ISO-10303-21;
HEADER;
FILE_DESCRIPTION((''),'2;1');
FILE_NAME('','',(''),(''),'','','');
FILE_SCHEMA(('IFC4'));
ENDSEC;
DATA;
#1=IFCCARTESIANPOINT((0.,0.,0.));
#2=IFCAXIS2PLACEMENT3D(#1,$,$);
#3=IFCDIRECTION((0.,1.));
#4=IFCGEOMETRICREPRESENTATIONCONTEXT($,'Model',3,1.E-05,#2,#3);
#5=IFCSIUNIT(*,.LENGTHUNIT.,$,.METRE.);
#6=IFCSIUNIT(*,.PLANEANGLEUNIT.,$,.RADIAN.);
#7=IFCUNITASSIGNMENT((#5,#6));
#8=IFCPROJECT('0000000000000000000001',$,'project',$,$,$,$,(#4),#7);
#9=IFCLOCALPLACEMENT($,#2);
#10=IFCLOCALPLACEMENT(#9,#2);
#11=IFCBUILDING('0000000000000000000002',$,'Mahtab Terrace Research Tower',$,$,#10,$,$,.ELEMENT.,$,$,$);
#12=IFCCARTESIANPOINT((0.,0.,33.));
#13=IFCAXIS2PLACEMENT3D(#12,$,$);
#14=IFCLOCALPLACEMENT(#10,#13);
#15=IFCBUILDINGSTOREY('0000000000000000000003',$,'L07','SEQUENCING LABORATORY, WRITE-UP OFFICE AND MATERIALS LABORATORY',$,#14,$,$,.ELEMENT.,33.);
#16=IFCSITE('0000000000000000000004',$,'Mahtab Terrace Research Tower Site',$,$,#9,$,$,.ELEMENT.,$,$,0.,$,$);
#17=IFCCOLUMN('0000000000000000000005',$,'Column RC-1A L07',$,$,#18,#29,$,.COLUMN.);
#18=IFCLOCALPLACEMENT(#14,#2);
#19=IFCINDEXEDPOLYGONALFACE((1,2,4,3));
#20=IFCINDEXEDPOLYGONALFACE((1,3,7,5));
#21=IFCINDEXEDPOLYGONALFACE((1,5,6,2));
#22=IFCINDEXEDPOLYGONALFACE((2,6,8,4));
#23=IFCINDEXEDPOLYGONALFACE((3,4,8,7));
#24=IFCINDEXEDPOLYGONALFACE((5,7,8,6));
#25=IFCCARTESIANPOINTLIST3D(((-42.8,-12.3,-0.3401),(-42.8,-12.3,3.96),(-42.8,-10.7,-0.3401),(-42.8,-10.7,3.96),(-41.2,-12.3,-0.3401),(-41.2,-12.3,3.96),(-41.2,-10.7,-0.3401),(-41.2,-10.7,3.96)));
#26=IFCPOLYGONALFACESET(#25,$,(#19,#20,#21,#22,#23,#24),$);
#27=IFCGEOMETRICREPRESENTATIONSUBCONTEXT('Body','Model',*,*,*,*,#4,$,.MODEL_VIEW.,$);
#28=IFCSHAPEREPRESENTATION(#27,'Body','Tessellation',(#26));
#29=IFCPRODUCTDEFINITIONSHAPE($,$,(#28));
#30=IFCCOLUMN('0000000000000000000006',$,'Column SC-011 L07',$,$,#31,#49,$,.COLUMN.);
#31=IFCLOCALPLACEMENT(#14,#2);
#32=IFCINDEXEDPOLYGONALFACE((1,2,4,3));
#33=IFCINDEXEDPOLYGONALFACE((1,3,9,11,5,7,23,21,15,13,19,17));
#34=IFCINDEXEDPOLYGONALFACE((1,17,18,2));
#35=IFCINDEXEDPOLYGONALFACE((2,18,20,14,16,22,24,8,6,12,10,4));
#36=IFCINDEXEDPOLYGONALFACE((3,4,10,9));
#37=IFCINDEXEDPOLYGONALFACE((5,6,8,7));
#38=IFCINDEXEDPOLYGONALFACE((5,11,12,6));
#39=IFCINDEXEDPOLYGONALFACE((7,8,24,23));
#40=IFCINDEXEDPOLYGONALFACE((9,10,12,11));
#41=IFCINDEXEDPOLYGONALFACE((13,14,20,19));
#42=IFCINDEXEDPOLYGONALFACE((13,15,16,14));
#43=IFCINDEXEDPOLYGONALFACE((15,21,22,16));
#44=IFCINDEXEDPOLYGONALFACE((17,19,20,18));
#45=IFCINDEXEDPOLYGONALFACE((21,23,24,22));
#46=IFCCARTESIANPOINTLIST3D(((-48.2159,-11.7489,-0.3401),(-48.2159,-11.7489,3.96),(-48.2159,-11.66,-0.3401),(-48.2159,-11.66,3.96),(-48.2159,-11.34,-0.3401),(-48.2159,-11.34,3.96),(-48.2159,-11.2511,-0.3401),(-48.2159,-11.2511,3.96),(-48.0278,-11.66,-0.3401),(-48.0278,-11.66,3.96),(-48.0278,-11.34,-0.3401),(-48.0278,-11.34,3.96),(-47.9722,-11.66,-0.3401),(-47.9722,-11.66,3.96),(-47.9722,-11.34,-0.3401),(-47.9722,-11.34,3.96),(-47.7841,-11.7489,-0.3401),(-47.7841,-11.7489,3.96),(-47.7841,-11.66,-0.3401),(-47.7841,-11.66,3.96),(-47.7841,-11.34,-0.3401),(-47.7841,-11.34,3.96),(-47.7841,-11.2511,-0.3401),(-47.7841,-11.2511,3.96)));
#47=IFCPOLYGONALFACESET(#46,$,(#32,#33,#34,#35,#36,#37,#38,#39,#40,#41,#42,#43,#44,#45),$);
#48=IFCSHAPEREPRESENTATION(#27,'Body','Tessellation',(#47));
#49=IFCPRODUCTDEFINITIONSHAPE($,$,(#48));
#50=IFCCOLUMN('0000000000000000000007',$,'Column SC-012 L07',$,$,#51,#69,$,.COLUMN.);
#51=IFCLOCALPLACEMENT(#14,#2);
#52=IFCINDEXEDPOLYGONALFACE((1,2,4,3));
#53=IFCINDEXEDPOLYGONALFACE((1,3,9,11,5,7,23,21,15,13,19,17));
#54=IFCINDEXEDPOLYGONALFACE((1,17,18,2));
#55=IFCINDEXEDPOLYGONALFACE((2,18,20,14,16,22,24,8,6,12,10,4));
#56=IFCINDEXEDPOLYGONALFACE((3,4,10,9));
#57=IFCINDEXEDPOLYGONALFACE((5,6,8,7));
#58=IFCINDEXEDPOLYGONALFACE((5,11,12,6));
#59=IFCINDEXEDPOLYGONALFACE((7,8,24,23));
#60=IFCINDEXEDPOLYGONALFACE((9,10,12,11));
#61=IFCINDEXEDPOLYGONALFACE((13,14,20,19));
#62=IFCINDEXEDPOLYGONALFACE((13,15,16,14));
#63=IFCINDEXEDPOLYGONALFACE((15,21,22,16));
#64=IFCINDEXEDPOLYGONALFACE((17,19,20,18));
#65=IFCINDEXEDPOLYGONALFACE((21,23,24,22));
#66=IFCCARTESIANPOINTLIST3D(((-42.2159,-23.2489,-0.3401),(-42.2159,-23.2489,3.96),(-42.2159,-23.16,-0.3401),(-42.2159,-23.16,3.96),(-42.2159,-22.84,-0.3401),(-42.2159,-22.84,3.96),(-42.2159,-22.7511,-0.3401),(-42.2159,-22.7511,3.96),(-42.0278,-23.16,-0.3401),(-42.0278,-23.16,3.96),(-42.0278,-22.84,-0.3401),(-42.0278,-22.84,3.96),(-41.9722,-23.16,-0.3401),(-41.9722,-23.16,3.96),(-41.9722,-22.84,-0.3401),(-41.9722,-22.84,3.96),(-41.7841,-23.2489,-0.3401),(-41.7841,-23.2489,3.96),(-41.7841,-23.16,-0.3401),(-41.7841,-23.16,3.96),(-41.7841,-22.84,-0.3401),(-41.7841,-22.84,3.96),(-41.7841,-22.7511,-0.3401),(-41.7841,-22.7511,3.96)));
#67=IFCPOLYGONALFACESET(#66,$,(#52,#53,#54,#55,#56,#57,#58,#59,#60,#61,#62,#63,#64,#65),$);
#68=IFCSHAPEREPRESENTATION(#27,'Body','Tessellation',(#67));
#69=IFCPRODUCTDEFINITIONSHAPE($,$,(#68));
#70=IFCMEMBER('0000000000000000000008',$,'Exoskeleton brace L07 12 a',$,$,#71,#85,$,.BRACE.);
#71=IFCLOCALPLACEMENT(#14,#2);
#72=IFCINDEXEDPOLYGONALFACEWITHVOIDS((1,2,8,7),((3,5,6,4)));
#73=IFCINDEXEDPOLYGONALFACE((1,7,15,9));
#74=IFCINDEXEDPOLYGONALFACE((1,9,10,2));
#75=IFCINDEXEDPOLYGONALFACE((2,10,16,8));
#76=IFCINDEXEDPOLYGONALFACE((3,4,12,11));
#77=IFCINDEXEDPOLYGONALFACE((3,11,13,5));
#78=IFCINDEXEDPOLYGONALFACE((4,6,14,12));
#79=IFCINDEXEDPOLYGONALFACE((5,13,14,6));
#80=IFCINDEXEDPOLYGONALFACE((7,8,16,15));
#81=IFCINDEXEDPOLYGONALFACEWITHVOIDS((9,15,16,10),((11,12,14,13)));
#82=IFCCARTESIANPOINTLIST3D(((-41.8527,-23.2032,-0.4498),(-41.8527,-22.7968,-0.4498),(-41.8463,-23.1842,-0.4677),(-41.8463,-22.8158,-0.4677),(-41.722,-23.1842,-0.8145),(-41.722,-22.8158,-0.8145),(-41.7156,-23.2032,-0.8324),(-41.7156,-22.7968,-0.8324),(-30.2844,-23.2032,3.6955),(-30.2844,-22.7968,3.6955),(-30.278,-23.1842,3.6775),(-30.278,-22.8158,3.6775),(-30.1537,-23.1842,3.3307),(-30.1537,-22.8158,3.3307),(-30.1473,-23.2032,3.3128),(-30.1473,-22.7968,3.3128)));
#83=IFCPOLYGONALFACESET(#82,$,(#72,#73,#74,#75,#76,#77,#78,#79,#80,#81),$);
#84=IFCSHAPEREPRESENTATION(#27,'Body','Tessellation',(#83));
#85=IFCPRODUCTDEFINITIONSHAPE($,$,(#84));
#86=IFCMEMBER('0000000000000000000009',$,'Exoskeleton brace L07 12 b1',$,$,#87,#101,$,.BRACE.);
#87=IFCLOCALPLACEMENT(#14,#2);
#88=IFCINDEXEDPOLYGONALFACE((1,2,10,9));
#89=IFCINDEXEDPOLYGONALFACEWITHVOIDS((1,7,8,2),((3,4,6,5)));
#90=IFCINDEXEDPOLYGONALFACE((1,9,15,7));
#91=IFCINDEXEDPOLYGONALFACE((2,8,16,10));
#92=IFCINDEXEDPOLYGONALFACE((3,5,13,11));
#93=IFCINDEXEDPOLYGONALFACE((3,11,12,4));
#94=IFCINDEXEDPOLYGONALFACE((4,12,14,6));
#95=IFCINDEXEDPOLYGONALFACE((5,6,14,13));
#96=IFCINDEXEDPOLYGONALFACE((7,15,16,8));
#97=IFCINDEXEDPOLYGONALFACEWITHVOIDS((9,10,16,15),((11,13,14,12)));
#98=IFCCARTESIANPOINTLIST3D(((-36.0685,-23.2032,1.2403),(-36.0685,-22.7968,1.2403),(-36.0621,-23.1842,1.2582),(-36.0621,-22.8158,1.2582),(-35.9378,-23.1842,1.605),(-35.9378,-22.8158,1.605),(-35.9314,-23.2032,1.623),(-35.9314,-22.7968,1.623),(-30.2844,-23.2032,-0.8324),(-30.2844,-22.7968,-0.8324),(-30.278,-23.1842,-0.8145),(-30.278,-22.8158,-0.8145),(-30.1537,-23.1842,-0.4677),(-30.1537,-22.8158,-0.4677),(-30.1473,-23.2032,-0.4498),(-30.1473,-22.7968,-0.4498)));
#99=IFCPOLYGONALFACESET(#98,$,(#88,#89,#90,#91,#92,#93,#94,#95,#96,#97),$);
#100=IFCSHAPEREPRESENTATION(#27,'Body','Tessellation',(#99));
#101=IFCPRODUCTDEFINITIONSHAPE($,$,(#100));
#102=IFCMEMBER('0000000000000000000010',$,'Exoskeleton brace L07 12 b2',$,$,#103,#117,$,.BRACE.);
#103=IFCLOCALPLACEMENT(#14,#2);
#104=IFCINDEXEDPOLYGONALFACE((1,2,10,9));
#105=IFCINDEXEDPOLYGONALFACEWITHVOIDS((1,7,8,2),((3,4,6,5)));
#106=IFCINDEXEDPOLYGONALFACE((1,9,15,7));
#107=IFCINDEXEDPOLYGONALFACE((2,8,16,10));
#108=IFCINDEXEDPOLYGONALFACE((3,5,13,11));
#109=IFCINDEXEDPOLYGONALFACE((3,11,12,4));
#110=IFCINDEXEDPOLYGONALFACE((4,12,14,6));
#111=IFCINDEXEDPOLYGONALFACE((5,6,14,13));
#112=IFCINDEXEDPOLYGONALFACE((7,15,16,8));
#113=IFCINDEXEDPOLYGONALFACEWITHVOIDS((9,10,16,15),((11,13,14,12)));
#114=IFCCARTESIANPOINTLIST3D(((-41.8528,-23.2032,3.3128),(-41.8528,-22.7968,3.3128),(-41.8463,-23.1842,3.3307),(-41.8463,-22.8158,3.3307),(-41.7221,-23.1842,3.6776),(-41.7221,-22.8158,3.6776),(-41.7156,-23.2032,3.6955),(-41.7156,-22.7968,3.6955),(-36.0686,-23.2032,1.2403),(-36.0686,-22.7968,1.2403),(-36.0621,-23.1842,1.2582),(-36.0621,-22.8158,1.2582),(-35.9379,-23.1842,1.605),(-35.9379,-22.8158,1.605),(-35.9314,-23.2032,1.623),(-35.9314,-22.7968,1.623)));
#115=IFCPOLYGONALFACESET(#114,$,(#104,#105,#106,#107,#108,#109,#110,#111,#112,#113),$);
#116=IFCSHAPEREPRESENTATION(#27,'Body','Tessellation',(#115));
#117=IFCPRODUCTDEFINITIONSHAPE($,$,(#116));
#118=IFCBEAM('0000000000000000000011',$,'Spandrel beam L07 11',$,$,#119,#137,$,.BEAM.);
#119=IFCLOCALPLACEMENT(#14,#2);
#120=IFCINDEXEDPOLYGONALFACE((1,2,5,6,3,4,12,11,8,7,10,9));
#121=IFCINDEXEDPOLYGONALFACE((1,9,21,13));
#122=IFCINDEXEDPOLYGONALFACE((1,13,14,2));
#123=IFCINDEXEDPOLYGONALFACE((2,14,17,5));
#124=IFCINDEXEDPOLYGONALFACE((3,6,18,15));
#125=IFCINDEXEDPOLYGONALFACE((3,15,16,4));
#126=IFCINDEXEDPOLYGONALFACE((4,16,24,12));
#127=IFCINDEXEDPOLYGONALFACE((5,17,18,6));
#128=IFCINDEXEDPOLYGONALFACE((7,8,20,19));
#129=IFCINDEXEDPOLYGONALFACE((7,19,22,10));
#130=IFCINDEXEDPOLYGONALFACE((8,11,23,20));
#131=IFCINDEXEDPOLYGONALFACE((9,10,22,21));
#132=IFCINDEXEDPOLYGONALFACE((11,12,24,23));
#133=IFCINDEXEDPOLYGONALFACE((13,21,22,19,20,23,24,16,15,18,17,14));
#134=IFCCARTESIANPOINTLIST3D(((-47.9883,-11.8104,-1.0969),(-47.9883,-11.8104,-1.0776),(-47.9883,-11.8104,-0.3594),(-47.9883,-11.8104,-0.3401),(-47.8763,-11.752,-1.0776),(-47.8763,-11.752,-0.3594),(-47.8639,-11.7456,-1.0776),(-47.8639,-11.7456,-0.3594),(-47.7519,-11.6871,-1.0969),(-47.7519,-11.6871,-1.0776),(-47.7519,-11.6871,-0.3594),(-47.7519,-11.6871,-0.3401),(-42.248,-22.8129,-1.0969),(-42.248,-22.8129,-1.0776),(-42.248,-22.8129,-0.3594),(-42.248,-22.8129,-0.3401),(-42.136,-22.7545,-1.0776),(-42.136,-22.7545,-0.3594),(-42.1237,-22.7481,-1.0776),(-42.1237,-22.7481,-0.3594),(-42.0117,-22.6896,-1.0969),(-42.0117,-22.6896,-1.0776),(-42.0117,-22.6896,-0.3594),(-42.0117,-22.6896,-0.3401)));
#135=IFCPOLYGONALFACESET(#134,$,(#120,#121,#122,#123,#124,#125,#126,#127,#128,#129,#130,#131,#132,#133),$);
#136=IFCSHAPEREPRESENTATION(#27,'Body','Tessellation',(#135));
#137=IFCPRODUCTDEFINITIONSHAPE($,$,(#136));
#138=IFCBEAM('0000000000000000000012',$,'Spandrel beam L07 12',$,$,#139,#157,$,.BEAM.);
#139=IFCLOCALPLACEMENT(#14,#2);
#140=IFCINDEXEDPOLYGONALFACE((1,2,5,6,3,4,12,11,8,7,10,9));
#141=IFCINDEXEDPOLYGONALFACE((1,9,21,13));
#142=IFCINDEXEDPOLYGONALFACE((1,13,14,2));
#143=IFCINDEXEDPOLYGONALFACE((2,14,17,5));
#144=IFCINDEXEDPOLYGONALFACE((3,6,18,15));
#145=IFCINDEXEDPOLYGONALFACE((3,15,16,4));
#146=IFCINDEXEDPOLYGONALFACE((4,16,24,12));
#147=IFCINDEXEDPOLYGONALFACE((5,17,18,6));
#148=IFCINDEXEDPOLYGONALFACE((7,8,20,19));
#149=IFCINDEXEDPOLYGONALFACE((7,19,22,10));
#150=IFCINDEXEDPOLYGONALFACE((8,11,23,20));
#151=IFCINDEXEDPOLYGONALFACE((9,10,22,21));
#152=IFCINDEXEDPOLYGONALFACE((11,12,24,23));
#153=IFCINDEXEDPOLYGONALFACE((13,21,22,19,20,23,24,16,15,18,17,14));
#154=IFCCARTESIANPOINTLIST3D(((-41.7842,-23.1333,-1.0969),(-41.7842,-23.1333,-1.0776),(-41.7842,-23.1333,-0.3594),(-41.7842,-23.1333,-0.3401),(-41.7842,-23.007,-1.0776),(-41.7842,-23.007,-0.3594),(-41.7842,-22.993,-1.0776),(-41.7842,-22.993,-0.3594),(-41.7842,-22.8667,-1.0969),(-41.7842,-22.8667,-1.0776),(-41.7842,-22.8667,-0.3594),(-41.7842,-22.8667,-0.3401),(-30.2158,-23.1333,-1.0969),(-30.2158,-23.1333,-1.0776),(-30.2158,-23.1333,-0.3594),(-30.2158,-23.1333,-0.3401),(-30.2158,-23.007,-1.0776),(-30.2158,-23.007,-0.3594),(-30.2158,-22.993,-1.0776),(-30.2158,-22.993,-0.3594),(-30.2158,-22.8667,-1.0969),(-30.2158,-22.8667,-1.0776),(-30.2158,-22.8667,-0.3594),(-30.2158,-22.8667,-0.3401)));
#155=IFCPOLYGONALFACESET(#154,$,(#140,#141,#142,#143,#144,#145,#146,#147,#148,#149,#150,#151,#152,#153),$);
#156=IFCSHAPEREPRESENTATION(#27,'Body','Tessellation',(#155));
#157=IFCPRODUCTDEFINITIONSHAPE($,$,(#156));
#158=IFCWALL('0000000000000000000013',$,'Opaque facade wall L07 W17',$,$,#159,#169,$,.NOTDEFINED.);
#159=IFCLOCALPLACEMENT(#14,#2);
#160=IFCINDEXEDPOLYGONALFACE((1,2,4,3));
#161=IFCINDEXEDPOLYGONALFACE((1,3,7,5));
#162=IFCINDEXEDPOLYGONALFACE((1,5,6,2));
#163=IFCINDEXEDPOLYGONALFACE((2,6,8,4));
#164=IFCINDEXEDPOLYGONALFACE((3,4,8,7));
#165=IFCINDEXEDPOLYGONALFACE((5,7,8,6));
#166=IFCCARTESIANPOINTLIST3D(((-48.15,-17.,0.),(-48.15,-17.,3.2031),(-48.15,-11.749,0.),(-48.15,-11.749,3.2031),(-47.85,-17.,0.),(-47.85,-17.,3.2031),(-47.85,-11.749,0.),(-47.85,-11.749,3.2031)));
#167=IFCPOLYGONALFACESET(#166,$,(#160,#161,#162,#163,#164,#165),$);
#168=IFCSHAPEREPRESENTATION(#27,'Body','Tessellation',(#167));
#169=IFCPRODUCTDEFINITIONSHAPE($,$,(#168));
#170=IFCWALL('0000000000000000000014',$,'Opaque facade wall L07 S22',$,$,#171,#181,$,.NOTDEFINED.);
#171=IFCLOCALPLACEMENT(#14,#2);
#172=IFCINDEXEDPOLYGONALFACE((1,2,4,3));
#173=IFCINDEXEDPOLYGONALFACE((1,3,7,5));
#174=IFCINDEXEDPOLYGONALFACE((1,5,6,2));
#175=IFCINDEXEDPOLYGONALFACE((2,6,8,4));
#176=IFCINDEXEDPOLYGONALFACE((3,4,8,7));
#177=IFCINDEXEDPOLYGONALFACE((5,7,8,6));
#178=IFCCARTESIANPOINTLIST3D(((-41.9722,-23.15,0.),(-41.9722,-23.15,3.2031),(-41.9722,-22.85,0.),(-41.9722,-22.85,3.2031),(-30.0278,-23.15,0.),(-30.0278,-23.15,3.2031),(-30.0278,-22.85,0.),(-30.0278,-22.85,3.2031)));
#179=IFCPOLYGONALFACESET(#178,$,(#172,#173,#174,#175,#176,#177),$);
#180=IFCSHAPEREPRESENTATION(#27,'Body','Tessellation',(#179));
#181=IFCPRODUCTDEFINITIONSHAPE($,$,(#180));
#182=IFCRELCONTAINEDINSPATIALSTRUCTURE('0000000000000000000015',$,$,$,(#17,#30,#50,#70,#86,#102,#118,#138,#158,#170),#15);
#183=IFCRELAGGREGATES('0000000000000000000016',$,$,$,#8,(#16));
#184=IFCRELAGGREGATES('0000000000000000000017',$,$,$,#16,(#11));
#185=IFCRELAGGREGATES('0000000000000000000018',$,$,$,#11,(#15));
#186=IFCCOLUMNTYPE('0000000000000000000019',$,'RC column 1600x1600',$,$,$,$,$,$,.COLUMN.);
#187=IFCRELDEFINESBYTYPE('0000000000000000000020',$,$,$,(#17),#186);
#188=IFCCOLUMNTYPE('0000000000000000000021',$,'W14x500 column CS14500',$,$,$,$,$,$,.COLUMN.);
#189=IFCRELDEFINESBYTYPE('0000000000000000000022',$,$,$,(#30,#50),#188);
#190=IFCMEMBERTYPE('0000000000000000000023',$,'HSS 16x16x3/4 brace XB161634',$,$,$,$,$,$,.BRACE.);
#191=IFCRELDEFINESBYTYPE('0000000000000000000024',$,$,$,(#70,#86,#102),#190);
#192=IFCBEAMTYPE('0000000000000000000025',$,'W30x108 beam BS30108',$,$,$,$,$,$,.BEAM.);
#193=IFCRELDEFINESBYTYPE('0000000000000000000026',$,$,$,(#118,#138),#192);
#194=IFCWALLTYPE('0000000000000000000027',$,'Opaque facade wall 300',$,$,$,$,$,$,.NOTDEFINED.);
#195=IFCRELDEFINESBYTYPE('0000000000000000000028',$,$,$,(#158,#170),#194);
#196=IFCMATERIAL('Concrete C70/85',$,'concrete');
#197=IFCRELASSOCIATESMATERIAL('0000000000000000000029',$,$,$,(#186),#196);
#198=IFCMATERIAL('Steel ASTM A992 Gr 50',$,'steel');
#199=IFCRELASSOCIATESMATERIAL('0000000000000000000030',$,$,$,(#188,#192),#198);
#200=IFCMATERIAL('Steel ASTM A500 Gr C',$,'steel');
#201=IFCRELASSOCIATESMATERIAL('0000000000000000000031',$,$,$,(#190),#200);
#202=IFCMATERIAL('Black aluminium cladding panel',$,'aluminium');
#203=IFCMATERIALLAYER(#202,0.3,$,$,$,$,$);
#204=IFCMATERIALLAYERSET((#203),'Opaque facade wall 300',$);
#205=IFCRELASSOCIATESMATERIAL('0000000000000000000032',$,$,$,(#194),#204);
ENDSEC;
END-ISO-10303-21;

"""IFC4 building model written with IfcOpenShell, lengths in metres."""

from ifc_helpers import new_model, si_unit, direction, frame, frame_2d, origin, origin_2d, place, context, subcontext, project, spatial, rectangle, hollow_rectangle, i_section, extrude, material, layer, layer_set, material_profile, profile_set, type_object, element, save


model = new_model("IFC4")

# Units and contexts
model_context = context("Model", 3, precision=1e-05, world=origin(), true_north=direction((0.0, 1.0)))
body_context = subcontext(model_context, "Body", "Model", "MODEL_VIEW")
ifc_project = project(units=[si_unit("LENGTHUNIT", "METRE"), si_unit("PLANEANGLEUNIT", "RADIAN")], contexts=[model_context])

# Site, building, storey
site_placement = place(None, origin())
site = spatial("IfcSite", under=ifc_project, at=site_placement, Name="Mahtab Terrace Research Tower Site", CompositionType="ELEMENT", RefElevation=0.0)
building_placement = place(site_placement, origin())
building = spatial("IfcBuilding", under=site, at=building_placement, Name="Mahtab Terrace Research Tower", CompositionType="ELEMENT")
storey_placement = place(building_placement, frame((0.0, 0.0, 33.0)))
storey = spatial("IfcBuildingStorey", under=building, at=storey_placement, Name="L07", Description="SEQUENCING LABORATORY, WRITE-UP OFFICE AND MATERIALS LABORATORY", CompositionType="ELEMENT", Elevation=33.0)

# Columns
ifc_material_1 = material(Name="Concrete C70/85", Category="concrete")
ifc_material_profile_1 = material_profile(ifc_material_1, rectangle(XDim=1.6001, YDim=1.6001, at=origin_2d()), Name="RC column 1600x1600")
ifc_profile_set_1 = profile_set([ifc_material_profile_1], Name="Concrete C70/85")
column_type_1 = type_object("IfcColumnType", Name="RC column 1600x1600", PredefinedType="COLUMN", material=ifc_profile_set_1)
column_placement = place(storey_placement, frame((-42.0, -11.5, -0.3401), z_axis=(0.0, 0.0, 1.0), x_axis=(1.0, 0.0, 0.0)))
element("IfcColumn", 1, at=column_placement, inside=storey, type_object=column_type_1, Name="Column RC-1A L07", PredefinedType="COLUMN", context=body_context, shape_type="SweptSolid", body=[
    extrude(rectangle(XDim=1.6001, YDim=1.6001, at=origin_2d()), origin(), (0.0, 0.0, 1.0), 4.3),
])
ifc_material_2 = material(Name="Steel ASTM A992 Gr 50", Category="steel")
ifc_material_profile_2 = material_profile(ifc_material_2, i_section(OverallWidth=0.4319, OverallDepth=0.4978, WebThickness=0.0557, FlangeThickness=0.0889, at=origin_2d()), Name="W14X500")
ifc_profile_set_2 = profile_set([ifc_material_profile_2], Name="Steel ASTM A992 Gr 50")
column_type_2 = type_object("IfcColumnType", Name="W14x500 column CS14500", PredefinedType="COLUMN", material=ifc_profile_set_2)
for number, where, z_axis, x_axis, name in (
    (2, (-48.0, -11.5, -0.3401), (0.0, 0.0, 1.0), (1.0, 0.0, 0.0), "Column SC-011 L07"),
    (3, (-42.0, -23.0, -0.3401), (0.0, 0.0, 1.0), (1.0, 0.0, 0.0), "Column SC-012 L07"),
):
    element("IfcColumn", number, at=place(storey_placement, frame(where, z_axis=z_axis, x_axis=x_axis)), inside=storey, type_object=column_type_2, Name=name, PredefinedType="COLUMN", context=body_context, shape_type="SweptSolid", body=[
        extrude(i_section(OverallWidth=0.4319, OverallDepth=0.4978, WebThickness=0.0557, FlangeThickness=0.0889, at=origin_2d()), origin(), (0.0, 0.0, 1.0), 4.3),
    ])

# Members
ifc_material_3 = material(Name="Steel ASTM A500 Gr C", Category="steel")
ifc_material_profile_3 = material_profile(ifc_material_3, hollow_rectangle(XDim=0.4065, YDim=0.4065, WallThickness=0.019, at=origin_2d()), Name="HSS16X16X3/4")
ifc_profile_set_3 = profile_set([ifc_material_profile_3], Name="Steel ASTM A500 Gr C")
member_type = type_object("IfcMemberType", Name="HSS 16x16x3/4 brace XB161634", PredefinedType="BRACE", material=ifc_profile_set_3)
member_placement = place(storey_placement, frame((-41.7842, -23.0, -0.6411), z_axis=(0.941388, 0.0, 0.337325), x_axis=(0.0, 1.0, 0.0)))
element("IfcMember", 4, at=member_placement, inside=storey, type_object=member_type, Name="Exoskeleton brace L07 12 a", PredefinedType="BRACE", context=body_context, shape_type="SweptSolid", body=[
    extrude(hollow_rectangle(XDim=0.4065, YDim=0.4065, WallThickness=0.019, at=origin_2d()), origin(), (0.0, 0.0, 1.0), 12.2886),
])
for number, where, z_axis, x_axis, name in (
    (5, (-30.2158, -23.0, -0.6411), (-0.941382, 0.0, 0.337343), (0.0, -1.0, 0.0), "Exoskeleton brace L07 12 b1"),
    (6, (-36.0, -23.0, 1.4316), (-0.941394, 0.0, 0.337308), (0.0, -1.0, 0.0), "Exoskeleton brace L07 12 b2"),
):
    element("IfcMember", number, at=place(storey_placement, frame(where, z_axis=z_axis, x_axis=x_axis)), inside=storey, type_object=member_type, Name=name, PredefinedType="BRACE", context=body_context, shape_type="SweptSolid", body=[
        extrude(hollow_rectangle(XDim=0.4065, YDim=0.4065, WallThickness=0.019, at=origin_2d()), origin(), (0.0, 0.0, 1.0), 6.1443),
    ])

# Beams
ifc_material_profile_4 = material_profile(ifc_material_2, i_section(OverallWidth=0.2666, OverallDepth=0.7568, WebThickness=0.0139, FlangeThickness=0.0193, at=origin_2d()), Name="W30X108")
ifc_profile_set_4 = profile_set([ifc_material_profile_4], Name="Steel ASTM A992 Gr 50")
beam_type = type_object("IfcBeamType", Name="W30x108 beam BS30108", PredefinedType="BEAM", material=ifc_profile_set_4)
beam_1_placement = place(storey_placement, frame((-47.8701, -11.7488, -0.7185), z_axis=(0.462555, -0.88659, 0.0), x_axis=(0.88659, 0.462555, 0.0)))
element("IfcBeam", 7, at=beam_1_placement, inside=storey, type_object=beam_type, Name="Spandrel beam L07 11", PredefinedType="BEAM", context=body_context, shape_type="SweptSolid", body=[
    extrude(i_section(OverallWidth=0.2666, OverallDepth=0.7568, WebThickness=0.0139, FlangeThickness=0.0193, at=origin_2d()), origin(), (0.0, 0.0, 1.0), 12.4099),
])
beam_2_placement = place(storey_placement, frame((-41.7842, -23.0, -0.7185), z_axis=(1.0, 0.0, 0.0), x_axis=(0.0, 1.0, 0.0)))
element("IfcBeam", 8, at=beam_2_placement, inside=storey, type_object=beam_type, Name="Spandrel beam L07 12", PredefinedType="BEAM", context=body_context, shape_type="SweptSolid", body=[
    extrude(i_section(OverallWidth=0.2666, OverallDepth=0.7568, WebThickness=0.0139, FlangeThickness=0.0193, at=origin_2d()), origin(), (0.0, 0.0, 1.0), 11.5684),
])

# Walls
ifc_material_4 = material(Name="Black aluminium cladding panel", Category="aluminium")
ifc_layer_1 = layer(ifc_material_4, 0.3)
ifc_layer_set_1 = layer_set([ifc_layer_1], Name="Opaque facade wall 300")
wall_type_1 = type_object("IfcWallType", Name="Opaque facade wall 300", PredefinedType="NOTDEFINED", material=ifc_layer_set_1)
wall_1_placement = place(storey_placement, frame((-48.0, -11.749, 0.0), z_axis=(0.0, 0.0, 1.0), x_axis=(0.0, -1.0, 0.0)))
element("IfcWall", 9, at=wall_1_placement, inside=storey, type_object=wall_type_1, Name="Opaque facade wall L07 W17", PredefinedType="NOTDEFINED", context=body_context, shape_type="SweptSolid", body=[
    extrude(rectangle(XDim=5.251, YDim=0.3, at=frame_2d((2.6255, 0.0))), origin(), (0.0, 0.0, 1.0), 3.2031),
])
wall_2_placement = place(storey_placement, frame((-41.9722, -23.0, 0.0), z_axis=(0.0, 0.0, 1.0), x_axis=(1.0, 0.0, 0.0)))
element("IfcWall", 10, at=wall_2_placement, inside=storey, type_object=wall_type_1, Name="Opaque facade wall L07 S22", PredefinedType="NOTDEFINED", context=body_context, shape_type="SweptSolid", body=[
    extrude(rectangle(XDim=11.9443, YDim=0.3, at=frame_2d((5.9722, 0.0))), origin(), (0.0, 0.0, 1.0), 3.2031),
])

save(model, "model.ifc")
